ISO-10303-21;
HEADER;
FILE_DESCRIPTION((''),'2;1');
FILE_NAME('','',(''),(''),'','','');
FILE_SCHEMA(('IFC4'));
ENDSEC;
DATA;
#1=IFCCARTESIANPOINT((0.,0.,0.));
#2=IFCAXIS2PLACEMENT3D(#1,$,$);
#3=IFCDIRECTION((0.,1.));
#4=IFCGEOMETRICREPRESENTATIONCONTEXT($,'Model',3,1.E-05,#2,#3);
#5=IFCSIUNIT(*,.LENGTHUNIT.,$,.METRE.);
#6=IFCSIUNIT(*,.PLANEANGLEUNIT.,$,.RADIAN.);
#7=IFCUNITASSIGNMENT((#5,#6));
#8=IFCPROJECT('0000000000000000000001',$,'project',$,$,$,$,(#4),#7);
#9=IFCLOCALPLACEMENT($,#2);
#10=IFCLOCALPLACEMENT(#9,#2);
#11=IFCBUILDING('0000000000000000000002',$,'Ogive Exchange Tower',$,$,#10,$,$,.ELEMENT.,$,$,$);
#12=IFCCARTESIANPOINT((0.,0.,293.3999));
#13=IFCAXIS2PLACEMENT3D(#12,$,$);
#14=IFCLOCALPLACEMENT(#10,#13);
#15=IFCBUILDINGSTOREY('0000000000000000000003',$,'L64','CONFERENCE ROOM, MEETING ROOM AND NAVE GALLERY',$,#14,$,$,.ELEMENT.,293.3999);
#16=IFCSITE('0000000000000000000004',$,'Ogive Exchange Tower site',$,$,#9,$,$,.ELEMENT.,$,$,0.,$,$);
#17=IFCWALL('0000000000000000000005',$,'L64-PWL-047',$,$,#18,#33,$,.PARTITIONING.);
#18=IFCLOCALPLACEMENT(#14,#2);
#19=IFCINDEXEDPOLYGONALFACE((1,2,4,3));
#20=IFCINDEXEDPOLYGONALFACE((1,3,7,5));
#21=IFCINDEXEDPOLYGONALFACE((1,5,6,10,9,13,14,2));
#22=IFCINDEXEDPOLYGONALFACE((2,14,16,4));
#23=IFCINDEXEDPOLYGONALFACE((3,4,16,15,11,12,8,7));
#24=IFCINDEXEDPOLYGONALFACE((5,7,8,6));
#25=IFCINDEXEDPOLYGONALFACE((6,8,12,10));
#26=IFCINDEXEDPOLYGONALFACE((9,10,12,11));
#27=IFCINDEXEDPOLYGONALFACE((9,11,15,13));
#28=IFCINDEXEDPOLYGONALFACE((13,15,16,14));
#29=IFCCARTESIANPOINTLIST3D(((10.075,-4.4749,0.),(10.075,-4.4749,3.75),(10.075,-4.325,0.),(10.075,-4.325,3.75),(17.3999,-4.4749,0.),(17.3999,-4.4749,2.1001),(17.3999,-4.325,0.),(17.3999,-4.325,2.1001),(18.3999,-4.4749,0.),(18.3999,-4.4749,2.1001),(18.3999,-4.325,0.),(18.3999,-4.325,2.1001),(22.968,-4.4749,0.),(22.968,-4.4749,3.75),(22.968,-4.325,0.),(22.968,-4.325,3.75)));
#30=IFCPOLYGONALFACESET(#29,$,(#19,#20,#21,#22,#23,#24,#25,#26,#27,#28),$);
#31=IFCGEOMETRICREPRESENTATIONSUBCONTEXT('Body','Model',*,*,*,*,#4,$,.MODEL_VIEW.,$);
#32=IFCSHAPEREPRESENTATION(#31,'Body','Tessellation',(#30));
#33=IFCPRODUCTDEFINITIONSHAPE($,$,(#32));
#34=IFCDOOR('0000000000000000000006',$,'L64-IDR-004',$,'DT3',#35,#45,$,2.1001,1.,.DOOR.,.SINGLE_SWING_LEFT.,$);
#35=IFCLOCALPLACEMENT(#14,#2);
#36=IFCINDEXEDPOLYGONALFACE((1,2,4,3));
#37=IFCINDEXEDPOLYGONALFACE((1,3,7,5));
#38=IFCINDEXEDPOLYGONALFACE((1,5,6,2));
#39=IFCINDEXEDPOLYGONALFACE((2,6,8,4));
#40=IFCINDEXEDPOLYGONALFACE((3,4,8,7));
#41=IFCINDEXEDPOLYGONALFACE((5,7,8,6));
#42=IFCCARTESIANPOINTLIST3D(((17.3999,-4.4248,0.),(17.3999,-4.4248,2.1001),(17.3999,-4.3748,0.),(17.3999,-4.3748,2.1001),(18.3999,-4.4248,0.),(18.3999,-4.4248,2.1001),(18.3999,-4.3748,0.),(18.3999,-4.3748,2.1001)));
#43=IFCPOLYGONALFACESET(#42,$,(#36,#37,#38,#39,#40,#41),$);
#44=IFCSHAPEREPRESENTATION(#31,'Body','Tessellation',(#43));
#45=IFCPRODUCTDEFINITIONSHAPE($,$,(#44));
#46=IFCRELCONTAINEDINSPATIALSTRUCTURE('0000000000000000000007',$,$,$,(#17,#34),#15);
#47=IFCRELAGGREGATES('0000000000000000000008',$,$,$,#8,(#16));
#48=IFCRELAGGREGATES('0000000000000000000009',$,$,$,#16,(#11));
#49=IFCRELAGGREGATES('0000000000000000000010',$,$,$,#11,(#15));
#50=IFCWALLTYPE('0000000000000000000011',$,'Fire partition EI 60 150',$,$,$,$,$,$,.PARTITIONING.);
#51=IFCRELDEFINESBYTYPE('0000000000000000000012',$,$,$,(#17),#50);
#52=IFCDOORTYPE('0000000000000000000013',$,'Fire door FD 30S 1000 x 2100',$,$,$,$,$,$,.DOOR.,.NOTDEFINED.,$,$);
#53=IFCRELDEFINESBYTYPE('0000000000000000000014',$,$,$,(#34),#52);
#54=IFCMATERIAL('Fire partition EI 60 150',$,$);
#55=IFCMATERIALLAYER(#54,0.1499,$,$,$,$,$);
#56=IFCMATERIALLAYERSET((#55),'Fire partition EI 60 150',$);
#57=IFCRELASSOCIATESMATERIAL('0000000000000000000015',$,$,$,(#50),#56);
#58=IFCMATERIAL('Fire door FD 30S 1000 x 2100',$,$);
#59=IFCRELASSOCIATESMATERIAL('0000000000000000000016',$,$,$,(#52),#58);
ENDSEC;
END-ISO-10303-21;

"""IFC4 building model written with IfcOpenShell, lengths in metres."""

from ifc_helpers import new_model, si_unit, direction, frame, frame_2d, origin, place, context, subcontext, project, spatial, rectangle, extrude, material, layer, layer_set, type_object, element, fill, save


model = new_model("IFC4")

# Units and contexts
model_context = context("Model", 3, precision=1e-05, world=origin(), true_north=direction((0.0, 1.0)))
body_context = subcontext(model_context, "Body", "Model", "MODEL_VIEW")
ifc_project = project(units=[si_unit("LENGTHUNIT", "METRE"), si_unit("PLANEANGLEUNIT", "RADIAN")], contexts=[model_context])

# Site, building, storey
site_placement = place(None, origin())
site = spatial("IfcSite", under=ifc_project, at=site_placement, Name="Ogive Exchange Tower site", CompositionType="ELEMENT", RefElevation=0.0)
building_placement = place(site_placement, origin())
building = spatial("IfcBuilding", under=site, at=building_placement, Name="Ogive Exchange Tower", CompositionType="ELEMENT")
storey_placement = place(building_placement, frame((0.0, 0.0, 293.3999)))
storey = spatial("IfcBuildingStorey", under=building, at=storey_placement, Name="L64", Description="CONFERENCE ROOM, MEETING ROOM AND NAVE GALLERY", CompositionType="ELEMENT", Elevation=293.3999)

# Wall, opening, door
ifc_material_1 = material(Name="Fire partition EI 60 150")
ifc_layer_1 = layer(ifc_material_1, 0.1499)
ifc_layer_set_1 = layer_set([ifc_layer_1], Name="Fire partition EI 60 150")
wall_type_1 = type_object("IfcWallType", Name="Fire partition EI 60 150", PredefinedType="PARTITIONING", material=ifc_layer_set_1)
wall_1_placement = place(storey_placement, frame((22.968, -4.3999, 0.0), z_axis=(0.0, 0.0, 1.0), x_axis=(-1.0, 0.0, 0.0)))
wall_1 = element("IfcWall", 1, at=wall_1_placement, inside=storey, type_object=wall_type_1, Name="L64-PWL-047", PredefinedType="PARTITIONING", context=body_context, shape_type="SweptSolid", body=[
    extrude(rectangle(XDim=12.8931, YDim=0.1499, at=frame_2d((6.4465, 0.0))), origin(), (0.0, 0.0, 1.0), 3.75),
])
opening_1_placement = place(wall_1_placement, frame((4.5681, 0.0, 0.0)))
opening_1 = element("IfcOpeningElement", 2, at=opening_1_placement, cuts=wall_1, PredefinedType="OPENING", context=body_context, shape_type="SweptSolid", body=[
    extrude(rectangle(XDim=1.0, YDim=2.1001, at=frame_2d((0.5, 1.05))), frame((0.0, 0.085, 0.0), z_axis=(0.0, -1.0, 0.0), x_axis=(1.0, 0.0, 0.0)), (0.0, 0.0, 1.0), 0.1699),
])
ifc_material_2 = material(Name="Fire door FD 30S 1000 x 2100")
door_type_1 = type_object("IfcDoorType", Name="Fire door FD 30S 1000 x 2100", OperationType="NOTDEFINED", PredefinedType="DOOR", material=ifc_material_2)
door_1_placement = place(opening_1_placement, origin())
door_1 = element("IfcDoor", 3, at=door_1_placement, inside=storey, type_object=door_type_1, Name="L64-IDR-004", ObjectType="DT3", OperationType="SINGLE_SWING_LEFT", OverallHeight=2.1001, OverallWidth=1.0, PredefinedType="DOOR", context=body_context, shape_type="SweptSolid", body=[
    extrude(rectangle(XDim=1.0, YDim=2.1001, at=frame_2d((0.5, 1.05))), frame((0.0, 0.0249, 0.0), z_axis=(0.0, -1.0, 0.0), x_axis=(1.0, 0.0, 0.0)), (0.0, 0.0, 1.0), 0.05),
])
fill(opening_1, door_1)

save(model, "model.ifc")
